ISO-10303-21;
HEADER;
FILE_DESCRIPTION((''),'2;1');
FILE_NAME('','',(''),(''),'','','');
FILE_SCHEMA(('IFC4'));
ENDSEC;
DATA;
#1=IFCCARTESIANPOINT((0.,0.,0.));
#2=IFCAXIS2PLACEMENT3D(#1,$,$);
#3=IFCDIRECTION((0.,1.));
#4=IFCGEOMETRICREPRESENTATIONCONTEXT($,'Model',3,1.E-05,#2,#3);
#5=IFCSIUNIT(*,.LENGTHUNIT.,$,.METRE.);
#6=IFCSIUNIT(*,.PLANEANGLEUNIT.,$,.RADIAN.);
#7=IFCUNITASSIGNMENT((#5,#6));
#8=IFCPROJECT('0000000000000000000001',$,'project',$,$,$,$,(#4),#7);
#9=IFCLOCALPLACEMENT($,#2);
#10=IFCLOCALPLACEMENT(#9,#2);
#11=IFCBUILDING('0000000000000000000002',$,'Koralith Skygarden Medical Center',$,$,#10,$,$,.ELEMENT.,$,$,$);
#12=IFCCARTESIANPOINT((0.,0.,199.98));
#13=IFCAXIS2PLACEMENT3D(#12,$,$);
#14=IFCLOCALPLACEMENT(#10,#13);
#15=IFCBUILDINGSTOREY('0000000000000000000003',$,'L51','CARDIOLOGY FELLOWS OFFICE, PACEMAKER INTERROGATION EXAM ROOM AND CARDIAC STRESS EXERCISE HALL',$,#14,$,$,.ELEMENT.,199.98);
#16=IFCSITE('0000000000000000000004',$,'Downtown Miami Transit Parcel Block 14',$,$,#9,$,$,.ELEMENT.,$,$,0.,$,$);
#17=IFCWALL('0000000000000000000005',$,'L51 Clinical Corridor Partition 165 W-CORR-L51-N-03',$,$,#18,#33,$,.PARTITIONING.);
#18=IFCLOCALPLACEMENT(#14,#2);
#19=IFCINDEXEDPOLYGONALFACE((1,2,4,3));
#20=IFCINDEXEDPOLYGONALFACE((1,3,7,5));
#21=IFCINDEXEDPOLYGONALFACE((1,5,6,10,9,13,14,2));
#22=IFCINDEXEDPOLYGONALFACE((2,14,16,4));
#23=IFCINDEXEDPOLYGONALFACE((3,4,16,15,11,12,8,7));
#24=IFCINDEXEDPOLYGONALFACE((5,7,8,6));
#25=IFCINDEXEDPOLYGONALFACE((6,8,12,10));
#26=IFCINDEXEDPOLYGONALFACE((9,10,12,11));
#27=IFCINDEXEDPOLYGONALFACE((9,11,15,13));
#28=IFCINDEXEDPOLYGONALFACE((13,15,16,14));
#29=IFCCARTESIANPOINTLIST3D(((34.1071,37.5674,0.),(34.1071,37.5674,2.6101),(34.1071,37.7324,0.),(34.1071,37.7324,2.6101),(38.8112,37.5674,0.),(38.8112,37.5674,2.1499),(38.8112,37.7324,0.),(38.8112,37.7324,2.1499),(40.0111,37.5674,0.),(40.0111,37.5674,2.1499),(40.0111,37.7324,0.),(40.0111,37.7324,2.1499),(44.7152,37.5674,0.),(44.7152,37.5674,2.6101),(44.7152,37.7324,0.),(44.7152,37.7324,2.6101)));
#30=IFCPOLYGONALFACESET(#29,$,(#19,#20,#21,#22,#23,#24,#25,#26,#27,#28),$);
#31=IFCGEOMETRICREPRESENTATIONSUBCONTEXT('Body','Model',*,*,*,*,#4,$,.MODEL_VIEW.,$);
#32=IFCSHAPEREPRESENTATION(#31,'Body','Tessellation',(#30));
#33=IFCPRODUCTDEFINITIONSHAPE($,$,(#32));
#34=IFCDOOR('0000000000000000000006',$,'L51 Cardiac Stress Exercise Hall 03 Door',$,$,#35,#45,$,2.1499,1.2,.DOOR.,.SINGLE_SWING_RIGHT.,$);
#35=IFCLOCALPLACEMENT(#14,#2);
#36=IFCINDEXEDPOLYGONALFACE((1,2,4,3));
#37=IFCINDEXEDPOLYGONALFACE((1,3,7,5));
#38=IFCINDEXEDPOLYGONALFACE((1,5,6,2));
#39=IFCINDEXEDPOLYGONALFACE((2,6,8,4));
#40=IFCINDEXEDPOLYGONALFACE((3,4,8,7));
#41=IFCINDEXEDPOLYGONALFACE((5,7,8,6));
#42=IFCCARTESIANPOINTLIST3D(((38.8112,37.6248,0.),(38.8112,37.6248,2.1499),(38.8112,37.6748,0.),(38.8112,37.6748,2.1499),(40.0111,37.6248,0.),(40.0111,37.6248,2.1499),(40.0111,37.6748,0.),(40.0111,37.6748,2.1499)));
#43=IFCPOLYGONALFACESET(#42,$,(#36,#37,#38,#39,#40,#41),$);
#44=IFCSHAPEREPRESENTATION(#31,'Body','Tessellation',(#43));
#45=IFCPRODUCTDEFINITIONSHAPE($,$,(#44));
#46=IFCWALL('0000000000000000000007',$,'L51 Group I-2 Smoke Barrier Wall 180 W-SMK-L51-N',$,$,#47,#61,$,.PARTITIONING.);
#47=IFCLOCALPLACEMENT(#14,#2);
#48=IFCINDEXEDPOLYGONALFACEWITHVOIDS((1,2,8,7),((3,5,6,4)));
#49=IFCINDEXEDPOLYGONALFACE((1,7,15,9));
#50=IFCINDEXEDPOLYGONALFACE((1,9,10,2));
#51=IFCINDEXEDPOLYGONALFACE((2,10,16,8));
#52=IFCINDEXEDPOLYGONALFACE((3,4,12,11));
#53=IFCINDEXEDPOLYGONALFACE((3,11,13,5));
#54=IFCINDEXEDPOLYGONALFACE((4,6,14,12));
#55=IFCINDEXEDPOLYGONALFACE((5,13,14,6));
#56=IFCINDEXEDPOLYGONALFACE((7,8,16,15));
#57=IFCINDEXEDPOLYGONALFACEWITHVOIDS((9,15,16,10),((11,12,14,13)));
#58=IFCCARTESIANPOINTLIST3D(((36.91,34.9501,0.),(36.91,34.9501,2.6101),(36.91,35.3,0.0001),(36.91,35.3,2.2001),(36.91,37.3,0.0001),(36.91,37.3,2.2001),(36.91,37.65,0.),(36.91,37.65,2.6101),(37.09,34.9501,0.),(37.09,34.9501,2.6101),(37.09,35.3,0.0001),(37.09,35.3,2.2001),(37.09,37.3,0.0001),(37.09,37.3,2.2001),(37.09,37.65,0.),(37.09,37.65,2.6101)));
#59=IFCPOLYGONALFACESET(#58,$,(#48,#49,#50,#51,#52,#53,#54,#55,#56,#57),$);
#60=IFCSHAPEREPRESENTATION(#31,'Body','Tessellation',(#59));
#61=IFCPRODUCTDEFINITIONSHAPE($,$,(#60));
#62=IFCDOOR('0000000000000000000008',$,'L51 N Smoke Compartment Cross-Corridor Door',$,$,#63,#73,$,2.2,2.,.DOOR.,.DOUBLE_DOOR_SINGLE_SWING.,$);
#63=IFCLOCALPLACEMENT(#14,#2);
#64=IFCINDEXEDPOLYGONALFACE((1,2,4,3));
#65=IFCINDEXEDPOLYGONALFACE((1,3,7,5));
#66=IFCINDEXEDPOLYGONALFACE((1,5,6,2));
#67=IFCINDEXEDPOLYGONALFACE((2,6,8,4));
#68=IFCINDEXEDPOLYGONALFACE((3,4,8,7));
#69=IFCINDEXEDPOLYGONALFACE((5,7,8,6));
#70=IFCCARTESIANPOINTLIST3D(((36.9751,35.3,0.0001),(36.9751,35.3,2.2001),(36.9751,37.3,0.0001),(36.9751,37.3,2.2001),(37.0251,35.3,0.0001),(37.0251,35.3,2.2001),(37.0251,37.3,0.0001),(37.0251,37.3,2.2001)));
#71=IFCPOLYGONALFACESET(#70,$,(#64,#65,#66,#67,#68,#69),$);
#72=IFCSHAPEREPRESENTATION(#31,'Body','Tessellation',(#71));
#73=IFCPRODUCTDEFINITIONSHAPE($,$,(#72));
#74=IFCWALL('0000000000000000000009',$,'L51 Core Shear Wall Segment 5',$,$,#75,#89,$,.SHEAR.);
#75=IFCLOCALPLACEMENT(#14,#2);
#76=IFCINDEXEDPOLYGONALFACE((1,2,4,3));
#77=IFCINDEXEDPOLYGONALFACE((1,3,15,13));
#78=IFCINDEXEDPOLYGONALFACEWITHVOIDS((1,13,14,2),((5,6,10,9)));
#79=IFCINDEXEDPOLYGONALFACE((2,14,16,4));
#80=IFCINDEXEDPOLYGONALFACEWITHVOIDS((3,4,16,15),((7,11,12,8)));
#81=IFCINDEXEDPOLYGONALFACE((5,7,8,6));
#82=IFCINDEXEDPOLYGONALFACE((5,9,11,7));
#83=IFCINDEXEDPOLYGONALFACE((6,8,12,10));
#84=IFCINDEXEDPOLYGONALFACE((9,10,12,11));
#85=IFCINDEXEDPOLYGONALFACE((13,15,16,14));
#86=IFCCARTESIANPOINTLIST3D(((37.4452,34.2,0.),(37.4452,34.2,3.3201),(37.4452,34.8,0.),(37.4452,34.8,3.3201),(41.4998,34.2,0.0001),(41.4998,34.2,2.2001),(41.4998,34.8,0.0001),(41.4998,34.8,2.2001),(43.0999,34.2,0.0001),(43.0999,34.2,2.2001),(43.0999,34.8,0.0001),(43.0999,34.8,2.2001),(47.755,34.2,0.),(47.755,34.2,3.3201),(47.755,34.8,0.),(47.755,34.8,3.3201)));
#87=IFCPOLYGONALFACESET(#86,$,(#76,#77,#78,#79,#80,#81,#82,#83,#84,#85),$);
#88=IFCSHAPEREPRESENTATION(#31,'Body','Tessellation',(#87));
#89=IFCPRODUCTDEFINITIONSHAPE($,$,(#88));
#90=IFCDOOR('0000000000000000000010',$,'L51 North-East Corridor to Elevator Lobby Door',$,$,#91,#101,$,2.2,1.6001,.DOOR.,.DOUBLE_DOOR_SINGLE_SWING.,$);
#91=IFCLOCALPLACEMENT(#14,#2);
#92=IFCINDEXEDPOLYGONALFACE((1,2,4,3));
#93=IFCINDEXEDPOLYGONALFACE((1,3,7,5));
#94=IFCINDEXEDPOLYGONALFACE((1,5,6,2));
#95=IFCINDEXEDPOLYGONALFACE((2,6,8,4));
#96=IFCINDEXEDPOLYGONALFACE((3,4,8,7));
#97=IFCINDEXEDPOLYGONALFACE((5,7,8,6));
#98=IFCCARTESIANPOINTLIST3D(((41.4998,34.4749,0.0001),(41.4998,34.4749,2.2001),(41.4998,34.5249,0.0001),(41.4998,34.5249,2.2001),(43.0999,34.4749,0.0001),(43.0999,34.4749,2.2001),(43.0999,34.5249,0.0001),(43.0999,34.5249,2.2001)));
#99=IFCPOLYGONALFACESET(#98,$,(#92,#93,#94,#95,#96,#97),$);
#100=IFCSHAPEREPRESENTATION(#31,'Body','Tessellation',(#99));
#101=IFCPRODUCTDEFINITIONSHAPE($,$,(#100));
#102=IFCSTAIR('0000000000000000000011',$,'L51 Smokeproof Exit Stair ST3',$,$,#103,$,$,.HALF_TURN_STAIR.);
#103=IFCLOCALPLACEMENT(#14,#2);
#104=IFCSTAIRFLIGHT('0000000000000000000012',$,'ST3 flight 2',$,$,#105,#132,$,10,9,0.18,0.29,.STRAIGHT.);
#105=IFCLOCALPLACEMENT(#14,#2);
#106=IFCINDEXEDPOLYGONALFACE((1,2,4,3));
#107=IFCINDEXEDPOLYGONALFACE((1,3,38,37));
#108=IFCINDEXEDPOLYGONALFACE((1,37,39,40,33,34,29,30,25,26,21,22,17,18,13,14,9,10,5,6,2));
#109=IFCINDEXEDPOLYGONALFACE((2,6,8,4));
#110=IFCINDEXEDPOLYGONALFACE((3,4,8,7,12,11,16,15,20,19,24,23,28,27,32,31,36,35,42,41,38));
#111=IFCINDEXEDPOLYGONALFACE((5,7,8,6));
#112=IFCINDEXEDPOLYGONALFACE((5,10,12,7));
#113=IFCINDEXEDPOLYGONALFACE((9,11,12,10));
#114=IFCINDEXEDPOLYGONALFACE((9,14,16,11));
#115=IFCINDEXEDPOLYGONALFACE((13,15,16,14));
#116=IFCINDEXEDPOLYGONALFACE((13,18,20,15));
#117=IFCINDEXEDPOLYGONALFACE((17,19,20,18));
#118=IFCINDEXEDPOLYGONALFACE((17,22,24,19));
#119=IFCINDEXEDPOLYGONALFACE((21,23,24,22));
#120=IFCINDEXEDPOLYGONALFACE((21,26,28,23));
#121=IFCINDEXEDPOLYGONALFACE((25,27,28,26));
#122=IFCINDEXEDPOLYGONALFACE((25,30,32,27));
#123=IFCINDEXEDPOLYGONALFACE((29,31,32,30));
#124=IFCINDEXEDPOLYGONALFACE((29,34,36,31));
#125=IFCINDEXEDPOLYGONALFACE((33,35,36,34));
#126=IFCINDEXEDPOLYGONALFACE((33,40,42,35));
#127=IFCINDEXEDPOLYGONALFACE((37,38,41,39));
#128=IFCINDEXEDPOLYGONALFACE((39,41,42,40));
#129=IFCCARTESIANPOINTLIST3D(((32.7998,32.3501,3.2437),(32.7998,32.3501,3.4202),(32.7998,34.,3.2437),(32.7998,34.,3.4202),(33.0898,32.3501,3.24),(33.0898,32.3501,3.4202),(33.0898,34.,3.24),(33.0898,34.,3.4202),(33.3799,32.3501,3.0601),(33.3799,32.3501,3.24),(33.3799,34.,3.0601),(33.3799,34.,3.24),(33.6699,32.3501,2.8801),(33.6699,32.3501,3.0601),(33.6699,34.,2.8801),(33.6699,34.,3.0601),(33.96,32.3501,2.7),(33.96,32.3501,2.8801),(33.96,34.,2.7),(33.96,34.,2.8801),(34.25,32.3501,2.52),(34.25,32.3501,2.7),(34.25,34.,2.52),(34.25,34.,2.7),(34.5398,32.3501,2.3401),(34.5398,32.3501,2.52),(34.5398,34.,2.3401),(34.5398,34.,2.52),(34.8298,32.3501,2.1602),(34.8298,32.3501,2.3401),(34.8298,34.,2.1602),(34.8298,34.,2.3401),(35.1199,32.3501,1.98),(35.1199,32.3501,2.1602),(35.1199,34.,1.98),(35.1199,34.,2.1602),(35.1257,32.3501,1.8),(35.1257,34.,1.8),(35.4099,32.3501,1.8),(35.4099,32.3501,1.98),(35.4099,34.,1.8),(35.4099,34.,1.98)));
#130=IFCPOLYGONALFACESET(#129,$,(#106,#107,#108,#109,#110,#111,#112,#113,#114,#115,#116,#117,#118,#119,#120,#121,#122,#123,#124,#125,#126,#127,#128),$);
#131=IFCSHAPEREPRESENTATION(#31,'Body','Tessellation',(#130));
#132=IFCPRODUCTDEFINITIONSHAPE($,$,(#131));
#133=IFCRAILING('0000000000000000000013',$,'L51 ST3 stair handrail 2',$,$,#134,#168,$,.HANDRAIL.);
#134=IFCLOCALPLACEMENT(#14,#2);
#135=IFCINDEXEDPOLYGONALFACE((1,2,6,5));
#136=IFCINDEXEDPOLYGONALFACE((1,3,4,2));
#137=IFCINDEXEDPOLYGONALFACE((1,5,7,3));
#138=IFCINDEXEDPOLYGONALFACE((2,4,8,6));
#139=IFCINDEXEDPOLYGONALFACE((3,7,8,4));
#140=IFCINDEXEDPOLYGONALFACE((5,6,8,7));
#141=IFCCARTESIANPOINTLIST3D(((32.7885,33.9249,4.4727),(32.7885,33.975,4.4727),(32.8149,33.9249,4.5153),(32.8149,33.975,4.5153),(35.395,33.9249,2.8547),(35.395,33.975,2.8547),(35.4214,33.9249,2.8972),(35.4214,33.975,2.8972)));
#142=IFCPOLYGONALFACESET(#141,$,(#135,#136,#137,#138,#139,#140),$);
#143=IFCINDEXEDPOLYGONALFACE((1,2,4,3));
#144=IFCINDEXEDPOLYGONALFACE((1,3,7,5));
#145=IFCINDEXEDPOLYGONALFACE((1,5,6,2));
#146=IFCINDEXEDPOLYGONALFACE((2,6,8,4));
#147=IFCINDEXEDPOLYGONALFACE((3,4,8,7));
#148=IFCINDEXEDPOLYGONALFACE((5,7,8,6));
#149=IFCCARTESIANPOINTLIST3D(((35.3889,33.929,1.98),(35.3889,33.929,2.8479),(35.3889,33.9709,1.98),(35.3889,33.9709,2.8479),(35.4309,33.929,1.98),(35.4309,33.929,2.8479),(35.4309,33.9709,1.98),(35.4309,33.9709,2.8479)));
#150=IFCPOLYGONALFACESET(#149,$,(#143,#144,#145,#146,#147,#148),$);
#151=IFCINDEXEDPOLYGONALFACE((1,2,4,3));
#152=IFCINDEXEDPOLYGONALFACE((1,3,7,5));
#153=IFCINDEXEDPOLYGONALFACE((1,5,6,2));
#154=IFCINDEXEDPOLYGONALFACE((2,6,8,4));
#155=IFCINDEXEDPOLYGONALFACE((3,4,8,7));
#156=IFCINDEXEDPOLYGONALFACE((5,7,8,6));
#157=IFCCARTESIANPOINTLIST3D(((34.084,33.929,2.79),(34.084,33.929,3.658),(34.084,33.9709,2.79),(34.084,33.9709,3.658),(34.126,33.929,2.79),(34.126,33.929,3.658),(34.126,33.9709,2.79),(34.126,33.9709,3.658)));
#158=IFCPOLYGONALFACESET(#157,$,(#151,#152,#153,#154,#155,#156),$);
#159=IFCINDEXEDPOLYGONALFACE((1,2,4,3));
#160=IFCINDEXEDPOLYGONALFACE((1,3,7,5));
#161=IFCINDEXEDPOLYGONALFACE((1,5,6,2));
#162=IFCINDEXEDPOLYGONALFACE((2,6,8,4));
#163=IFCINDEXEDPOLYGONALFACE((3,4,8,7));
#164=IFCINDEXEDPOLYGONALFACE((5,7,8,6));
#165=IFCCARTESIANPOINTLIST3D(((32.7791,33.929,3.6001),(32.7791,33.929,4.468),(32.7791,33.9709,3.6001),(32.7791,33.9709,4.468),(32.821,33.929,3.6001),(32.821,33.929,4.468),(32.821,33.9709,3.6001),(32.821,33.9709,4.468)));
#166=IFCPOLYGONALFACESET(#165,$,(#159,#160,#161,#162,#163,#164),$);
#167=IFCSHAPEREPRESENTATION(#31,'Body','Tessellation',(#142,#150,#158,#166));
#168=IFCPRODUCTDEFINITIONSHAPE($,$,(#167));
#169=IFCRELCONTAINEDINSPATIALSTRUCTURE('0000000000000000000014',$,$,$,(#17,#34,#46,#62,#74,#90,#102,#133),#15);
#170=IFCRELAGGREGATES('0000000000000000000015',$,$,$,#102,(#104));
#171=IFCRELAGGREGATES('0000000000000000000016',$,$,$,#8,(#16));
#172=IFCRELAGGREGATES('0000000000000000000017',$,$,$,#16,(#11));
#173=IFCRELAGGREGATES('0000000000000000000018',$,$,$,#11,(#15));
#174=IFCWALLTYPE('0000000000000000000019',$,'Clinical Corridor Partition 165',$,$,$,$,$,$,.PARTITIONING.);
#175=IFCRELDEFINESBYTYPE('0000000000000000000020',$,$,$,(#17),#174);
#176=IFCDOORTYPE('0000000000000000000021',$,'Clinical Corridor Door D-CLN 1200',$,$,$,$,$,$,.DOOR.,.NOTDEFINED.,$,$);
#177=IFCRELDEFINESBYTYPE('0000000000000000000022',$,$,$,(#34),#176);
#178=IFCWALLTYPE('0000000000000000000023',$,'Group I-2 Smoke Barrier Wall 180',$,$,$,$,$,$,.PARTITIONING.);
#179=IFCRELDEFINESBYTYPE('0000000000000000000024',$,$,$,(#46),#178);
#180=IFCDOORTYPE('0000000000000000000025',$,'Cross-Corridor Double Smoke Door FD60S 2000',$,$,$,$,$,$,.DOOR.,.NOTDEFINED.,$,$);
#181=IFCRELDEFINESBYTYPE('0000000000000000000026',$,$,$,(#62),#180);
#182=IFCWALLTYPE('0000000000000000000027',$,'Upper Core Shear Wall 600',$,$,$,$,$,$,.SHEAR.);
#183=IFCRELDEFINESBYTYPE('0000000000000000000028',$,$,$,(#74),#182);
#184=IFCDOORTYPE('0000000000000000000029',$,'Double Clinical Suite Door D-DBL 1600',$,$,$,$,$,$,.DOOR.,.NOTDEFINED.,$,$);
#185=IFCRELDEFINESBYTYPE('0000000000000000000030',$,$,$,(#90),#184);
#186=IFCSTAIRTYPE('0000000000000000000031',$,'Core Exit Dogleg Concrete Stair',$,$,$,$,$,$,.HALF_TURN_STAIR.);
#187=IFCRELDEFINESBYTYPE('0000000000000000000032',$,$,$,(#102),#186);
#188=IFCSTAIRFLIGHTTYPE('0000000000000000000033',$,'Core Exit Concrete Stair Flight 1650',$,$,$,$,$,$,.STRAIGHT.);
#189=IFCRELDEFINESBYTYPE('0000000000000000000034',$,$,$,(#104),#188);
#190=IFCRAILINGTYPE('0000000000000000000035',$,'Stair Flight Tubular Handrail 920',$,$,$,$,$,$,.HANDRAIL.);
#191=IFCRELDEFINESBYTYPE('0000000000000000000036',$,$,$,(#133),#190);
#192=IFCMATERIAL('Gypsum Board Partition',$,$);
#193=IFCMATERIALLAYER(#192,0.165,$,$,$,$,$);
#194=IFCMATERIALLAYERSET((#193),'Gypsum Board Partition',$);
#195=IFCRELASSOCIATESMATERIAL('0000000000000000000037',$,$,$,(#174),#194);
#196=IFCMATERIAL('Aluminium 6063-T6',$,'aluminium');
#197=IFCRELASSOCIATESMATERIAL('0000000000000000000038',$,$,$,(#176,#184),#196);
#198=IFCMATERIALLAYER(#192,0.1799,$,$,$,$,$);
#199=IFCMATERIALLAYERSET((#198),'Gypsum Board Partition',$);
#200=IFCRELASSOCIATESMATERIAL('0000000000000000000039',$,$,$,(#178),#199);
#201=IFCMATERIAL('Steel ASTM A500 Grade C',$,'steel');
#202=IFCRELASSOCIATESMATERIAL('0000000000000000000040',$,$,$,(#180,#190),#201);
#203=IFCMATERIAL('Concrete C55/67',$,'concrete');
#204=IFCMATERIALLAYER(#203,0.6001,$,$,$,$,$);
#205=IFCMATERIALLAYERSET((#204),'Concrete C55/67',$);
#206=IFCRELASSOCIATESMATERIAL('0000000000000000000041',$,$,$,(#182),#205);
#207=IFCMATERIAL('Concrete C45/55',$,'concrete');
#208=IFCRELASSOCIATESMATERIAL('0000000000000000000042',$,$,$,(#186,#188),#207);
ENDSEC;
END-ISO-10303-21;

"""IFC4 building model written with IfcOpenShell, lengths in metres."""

from ifc_helpers import new_model, si_unit, direction, frame, frame_2d, origin, origin_2d, place, context, subcontext, project, spatial, polyline, rectangle, outline, extrude, material, layer, layer_set, type_object, element, fill, aggregate, save


model = new_model("IFC4")

# Units and contexts
model_context = context("Model", 3, precision=1e-05, world=origin(), true_north=direction((0.0, 1.0)))
body_context = subcontext(model_context, "Body", "Model", "MODEL_VIEW")
ifc_project = project(units=[si_unit("LENGTHUNIT", "METRE"), si_unit("PLANEANGLEUNIT", "RADIAN")], contexts=[model_context])

# Site, building, storey
site_placement = place(None, origin())
site = spatial("IfcSite", under=ifc_project, at=site_placement, Name="Downtown Miami Transit Parcel Block 14", CompositionType="ELEMENT", RefElevation=0.0)
building_placement = place(site_placement, origin())
building = spatial("IfcBuilding", under=site, at=building_placement, Name="Koralith Skygarden Medical Center", CompositionType="ELEMENT")
storey_placement = place(building_placement, frame((0.0, 0.0, 199.98)))
storey = spatial("IfcBuildingStorey", under=building, at=storey_placement, Name="L51", Description="CARDIOLOGY FELLOWS OFFICE, PACEMAKER INTERROGATION EXAM ROOM AND CARDIAC STRESS EXERCISE HALL", CompositionType="ELEMENT", Elevation=199.98)

# Shared definitions
ifc_material_1 = material(Name="Concrete C55/67", Category="concrete")

# Shared definitions
ifc_material_2 = material(Name="Aluminium 6063-T6", Category="aluminium")

# Shared definitions
ifc_material_3 = material(Name="Concrete C45/55", Category="concrete")

# Shared definitions
ifc_material_4 = material(Name="Gypsum Board Partition")

# Walls, openings, doors
ifc_layer_1 = layer(ifc_material_4, 0.165)
ifc_layer_set_1 = layer_set([ifc_layer_1], Name="Gypsum Board Partition")
wall_type_1 = type_object("IfcWallType", Name="Clinical Corridor Partition 165", PredefinedType="PARTITIONING", material=ifc_layer_set_1)
wall_1_placement = place(storey_placement, frame((34.1069, 37.6499, 0.0), z_axis=(0.0, 0.0, 1.0), x_axis=(1.0, 0.0, 0.0)))
wall_1 = element("IfcWall", 1, at=wall_1_placement, inside=storey, type_object=wall_type_1, Name="L51 Clinical Corridor Partition 165 W-CORR-L51-N-03", PredefinedType="PARTITIONING", context=body_context, shape_type="SweptSolid", body=[
    extrude(rectangle(XDim=10.6082, YDim=0.165, at=frame_2d((5.3042, 0.0))), origin(), (0.0, 0.0, 1.0), 2.6101),
])
opening_1_placement = place(wall_1_placement, frame((4.7041, 0.0, 0.0)))
opening_1 = element("IfcOpeningElement", 2, at=opening_1_placement, cuts=wall_1, PredefinedType="OPENING", context=body_context, shape_type="SweptSolid", body=[
    extrude(rectangle(XDim=1.2, YDim=2.1499, at=frame_2d((0.6001, 1.075))), frame((0.0, 0.0925, 0.0), z_axis=(0.0, -1.0, 0.0), x_axis=(1.0, 0.0, 0.0)), (0.0, 0.0, 1.0), 0.1851),
])
door_type_1 = type_object("IfcDoorType", Name="Clinical Corridor Door D-CLN 1200", OperationType="NOTDEFINED", PredefinedType="DOOR", material=ifc_material_2)
door_1_placement = place(opening_1_placement, origin())
door_1 = element("IfcDoor", 3, at=door_1_placement, inside=storey, type_object=door_type_1, Name="L51 Cardiac Stress Exercise Hall 03 Door", OperationType="SINGLE_SWING_RIGHT", OverallHeight=2.1499, OverallWidth=1.2, PredefinedType="DOOR", context=body_context, shape_type="SweptSolid", body=[
    extrude(rectangle(XDim=1.2, YDim=2.1499, at=frame_2d((0.6001, 1.075))), frame((0.0, 0.0249, 0.0), z_axis=(0.0, -1.0, 0.0), x_axis=(1.0, 0.0, 0.0)), (0.0, 0.0, 1.0), 0.05),
])
fill(opening_1, door_1)
ifc_layer_2 = layer(ifc_material_4, 0.1799)
ifc_layer_set_2 = layer_set([ifc_layer_2], Name="Gypsum Board Partition")
wall_type_2 = type_object("IfcWallType", Name="Group I-2 Smoke Barrier Wall 180", PredefinedType="PARTITIONING", material=ifc_layer_set_2)
wall_2_placement = place(storey_placement, frame((37.0, 34.95, 0.0), z_axis=(0.0, 0.0, 1.0), x_axis=(0.0, 1.0, 0.0)))
wall_2 = element("IfcWall", 4, at=wall_2_placement, inside=storey, type_object=wall_type_2, Name="L51 Group I-2 Smoke Barrier Wall 180 W-SMK-L51-N", PredefinedType="PARTITIONING", context=body_context, shape_type="SweptSolid", body=[
    extrude(rectangle(XDim=2.7, YDim=0.1799, at=frame_2d((1.3501, 0.0))), origin(), (0.0, 0.0, 1.0), 2.6101),
])
opening_2_placement = place(wall_2_placement, frame((0.3501, 0.0, 0.0)))
opening_2 = element("IfcOpeningElement", 5, at=opening_2_placement, cuts=wall_2, PredefinedType="OPENING", context=body_context, shape_type="SweptSolid", body=[
    extrude(rectangle(XDim=2.0, YDim=2.2, at=frame_2d((1.0, 1.1001))), frame((0.0, 0.0999, 0.0), z_axis=(0.0, -1.0, 0.0), x_axis=(1.0, 0.0, 0.0)), (0.0, 0.0, 1.0), 0.2),
])
ifc_material_5 = material(Name="Steel ASTM A500 Grade C", Category="steel")
door_type_2 = type_object("IfcDoorType", Name="Cross-Corridor Double Smoke Door FD60S 2000", OperationType="NOTDEFINED", PredefinedType="DOOR", material=ifc_material_5)
door_2_placement = place(opening_2_placement, origin())
door_2 = element("IfcDoor", 6, at=door_2_placement, inside=storey, type_object=door_type_2, Name="L51 N Smoke Compartment Cross-Corridor Door", OperationType="DOUBLE_DOOR_SINGLE_SWING", OverallHeight=2.2, OverallWidth=2.0, PredefinedType="DOOR", context=body_context, shape_type="SweptSolid", body=[
    extrude(rectangle(XDim=2.0, YDim=2.2, at=frame_2d((1.0, 1.1001))), frame((0.0, 0.0249, 0.0), z_axis=(0.0, -1.0, 0.0), x_axis=(1.0, 0.0, 0.0)), (0.0, 0.0, 1.0), 0.05),
])
fill(opening_2, door_2)
ifc_layer_3 = layer(ifc_material_1, 0.6001)
ifc_layer_set_3 = layer_set([ifc_layer_3], Name="Concrete C55/67")
wall_type_3 = type_object("IfcWallType", Name="Upper Core Shear Wall 600", PredefinedType="SHEAR", material=ifc_layer_set_3)
wall_3_placement = place(storey_placement, frame((47.7549, 34.5, 0.0), z_axis=(0.0, 0.0, 1.0), x_axis=(-1.0, 0.0, 0.0)))
wall_3 = element("IfcWall", 7, at=wall_3_placement, inside=storey, type_object=wall_type_3, Name="L51 Core Shear Wall Segment 5", PredefinedType="SHEAR", context=body_context, shape_type="SweptSolid", body=[
    extrude(rectangle(XDim=10.3098, YDim=0.6001, at=frame_2d((5.1548, 0.0))), origin(), (0.0, 0.0, 1.0), 3.3201),
])
opening_3_placement = place(wall_3_placement, frame((4.655, 0.0, 0.0)))
opening_3 = element("IfcOpeningElement", 8, at=opening_3_placement, cuts=wall_3, PredefinedType="OPENING", context=body_context, shape_type="SweptSolid", body=[
    extrude(rectangle(XDim=1.6001, YDim=2.2, at=frame_2d((0.8, 1.1001))), frame((0.0, 0.3101, 0.0), z_axis=(0.0, -1.0, 0.0), x_axis=(1.0, 0.0, 0.0)), (0.0, 0.0, 1.0), 0.6201),
])
door_type_3 = type_object("IfcDoorType", Name="Double Clinical Suite Door D-DBL 1600", OperationType="NOTDEFINED", PredefinedType="DOOR", material=ifc_material_2)
door_3_placement = place(opening_3_placement, frame((1.6001, 0.0, 0.0), z_axis=(0.0, 0.0, 1.0), x_axis=(-1.0, 0.0, 0.0)))
door_3 = element("IfcDoor", 9, at=door_3_placement, inside=storey, type_object=door_type_3, Name="L51 North-East Corridor to Elevator Lobby Door", OperationType="DOUBLE_DOOR_SINGLE_SWING", OverallHeight=2.2, OverallWidth=1.6001, PredefinedType="DOOR", context=body_context, shape_type="SweptSolid", body=[
    extrude(rectangle(XDim=1.6001, YDim=2.2, at=frame_2d((0.8, 1.1001))), frame((0.0, 0.0249, 0.0), z_axis=(0.0, -1.0, 0.0), x_axis=(1.0, 0.0, 0.0)), (0.0, 0.0, 1.0), 0.05),
])
fill(opening_3, door_3)

# Stair, stair flight
stair_type = type_object("IfcStairType", Name="Core Exit Dogleg Concrete Stair", PredefinedType="HALF_TURN_STAIR", material=ifc_material_3)
stair_placement = place(storey_placement, origin())
stair = element("IfcStair", 10, at=stair_placement, inside=storey, type_object=stair_type, Name="L51 Smokeproof Exit Stair ST3", PredefinedType="HALF_TURN_STAIR")
stair_flight_type = type_object("IfcStairFlightType", Name="Core Exit Concrete Stair Flight 1650", PredefinedType="STRAIGHT", material=ifc_material_3)
stair_flight_placement = place(storey_placement, frame((35.4099, 33.175, 1.8), z_axis=(0.0, 0.0, 1.0), x_axis=(-1.0, 0.0, 0.0)))
stair_flight = element("IfcStairFlight", 11, at=stair_flight_placement, type_object=stair_flight_type, Name="ST3 flight 2", NumberOfRisers=10, NumberOfTreads=9, PredefinedType="STRAIGHT", RiserHeight=0.18, TreadLength=0.29, context=body_context, shape_type="SweptSolid", body=[
    extrude(outline(polyline([(0.0, 0.0), (0.0, 0.1799), (0.29, 0.1799), (0.29, 0.3601), (0.5801, 0.3601), (0.5801, 0.54), (0.8701, 0.54), (0.8701, 0.72), (1.1599, 0.72), (1.1599, 0.8999), (1.45, 0.8999), (1.45, 1.0801), (1.74, 1.0801), (1.74, 1.26), (2.03, 1.26), (2.03, 1.4399), (2.3201, 1.4399), (2.3201, 1.6201), (2.6101, 1.6201), (2.6101, 1.8), (2.6101, 1.4436), (0.2842, 0.0), (0.0, 0.0)])), frame((0.0, 0.825, 0.0), z_axis=(0.0, -1.0, 0.0), x_axis=(1.0, 0.0, 0.0)), (0.0, 0.0, 1.0), 1.6499),
])
aggregate(stair, [stair_flight])

# Railing
railing_type = type_object("IfcRailingType", Name="Stair Flight Tubular Handrail 920", PredefinedType="HANDRAIL", material=ifc_material_5)
railing_placement = place(storey_placement, frame((35.4099, 33.95, 1.98)))
element("IfcRailing", 12, at=railing_placement, inside=storey, type_object=railing_type, Name="L51 ST3 stair handrail 2", PredefinedType="HANDRAIL", context=body_context, shape_type="SweptSolid", body=[
    extrude(rectangle(XDim=0.05, YDim=0.05, at=origin_2d()), frame((-0.0017, 0.0, 0.896), z_axis=(-0.849611, 0.0, 0.52741), x_axis=(0.0, -1.0, 0.0)), (0.0, 0.0, 1.0), 3.0679),
    extrude(rectangle(XDim=0.042, YDim=0.042, at=origin_2d()), origin(), (0.0, 0.0, 1.0), 0.8679),
    extrude(rectangle(XDim=0.042, YDim=0.042, at=origin_2d()), frame((-1.3049, 0.0, 0.8101)), (0.0, 0.0, 1.0), 0.8679),
    extrude(rectangle(XDim=0.042, YDim=0.042, at=origin_2d()), frame((-2.6099, 0.0, 1.6201)), (0.0, 0.0, 1.0), 0.8679),
])

save(model, "model.ifc")
